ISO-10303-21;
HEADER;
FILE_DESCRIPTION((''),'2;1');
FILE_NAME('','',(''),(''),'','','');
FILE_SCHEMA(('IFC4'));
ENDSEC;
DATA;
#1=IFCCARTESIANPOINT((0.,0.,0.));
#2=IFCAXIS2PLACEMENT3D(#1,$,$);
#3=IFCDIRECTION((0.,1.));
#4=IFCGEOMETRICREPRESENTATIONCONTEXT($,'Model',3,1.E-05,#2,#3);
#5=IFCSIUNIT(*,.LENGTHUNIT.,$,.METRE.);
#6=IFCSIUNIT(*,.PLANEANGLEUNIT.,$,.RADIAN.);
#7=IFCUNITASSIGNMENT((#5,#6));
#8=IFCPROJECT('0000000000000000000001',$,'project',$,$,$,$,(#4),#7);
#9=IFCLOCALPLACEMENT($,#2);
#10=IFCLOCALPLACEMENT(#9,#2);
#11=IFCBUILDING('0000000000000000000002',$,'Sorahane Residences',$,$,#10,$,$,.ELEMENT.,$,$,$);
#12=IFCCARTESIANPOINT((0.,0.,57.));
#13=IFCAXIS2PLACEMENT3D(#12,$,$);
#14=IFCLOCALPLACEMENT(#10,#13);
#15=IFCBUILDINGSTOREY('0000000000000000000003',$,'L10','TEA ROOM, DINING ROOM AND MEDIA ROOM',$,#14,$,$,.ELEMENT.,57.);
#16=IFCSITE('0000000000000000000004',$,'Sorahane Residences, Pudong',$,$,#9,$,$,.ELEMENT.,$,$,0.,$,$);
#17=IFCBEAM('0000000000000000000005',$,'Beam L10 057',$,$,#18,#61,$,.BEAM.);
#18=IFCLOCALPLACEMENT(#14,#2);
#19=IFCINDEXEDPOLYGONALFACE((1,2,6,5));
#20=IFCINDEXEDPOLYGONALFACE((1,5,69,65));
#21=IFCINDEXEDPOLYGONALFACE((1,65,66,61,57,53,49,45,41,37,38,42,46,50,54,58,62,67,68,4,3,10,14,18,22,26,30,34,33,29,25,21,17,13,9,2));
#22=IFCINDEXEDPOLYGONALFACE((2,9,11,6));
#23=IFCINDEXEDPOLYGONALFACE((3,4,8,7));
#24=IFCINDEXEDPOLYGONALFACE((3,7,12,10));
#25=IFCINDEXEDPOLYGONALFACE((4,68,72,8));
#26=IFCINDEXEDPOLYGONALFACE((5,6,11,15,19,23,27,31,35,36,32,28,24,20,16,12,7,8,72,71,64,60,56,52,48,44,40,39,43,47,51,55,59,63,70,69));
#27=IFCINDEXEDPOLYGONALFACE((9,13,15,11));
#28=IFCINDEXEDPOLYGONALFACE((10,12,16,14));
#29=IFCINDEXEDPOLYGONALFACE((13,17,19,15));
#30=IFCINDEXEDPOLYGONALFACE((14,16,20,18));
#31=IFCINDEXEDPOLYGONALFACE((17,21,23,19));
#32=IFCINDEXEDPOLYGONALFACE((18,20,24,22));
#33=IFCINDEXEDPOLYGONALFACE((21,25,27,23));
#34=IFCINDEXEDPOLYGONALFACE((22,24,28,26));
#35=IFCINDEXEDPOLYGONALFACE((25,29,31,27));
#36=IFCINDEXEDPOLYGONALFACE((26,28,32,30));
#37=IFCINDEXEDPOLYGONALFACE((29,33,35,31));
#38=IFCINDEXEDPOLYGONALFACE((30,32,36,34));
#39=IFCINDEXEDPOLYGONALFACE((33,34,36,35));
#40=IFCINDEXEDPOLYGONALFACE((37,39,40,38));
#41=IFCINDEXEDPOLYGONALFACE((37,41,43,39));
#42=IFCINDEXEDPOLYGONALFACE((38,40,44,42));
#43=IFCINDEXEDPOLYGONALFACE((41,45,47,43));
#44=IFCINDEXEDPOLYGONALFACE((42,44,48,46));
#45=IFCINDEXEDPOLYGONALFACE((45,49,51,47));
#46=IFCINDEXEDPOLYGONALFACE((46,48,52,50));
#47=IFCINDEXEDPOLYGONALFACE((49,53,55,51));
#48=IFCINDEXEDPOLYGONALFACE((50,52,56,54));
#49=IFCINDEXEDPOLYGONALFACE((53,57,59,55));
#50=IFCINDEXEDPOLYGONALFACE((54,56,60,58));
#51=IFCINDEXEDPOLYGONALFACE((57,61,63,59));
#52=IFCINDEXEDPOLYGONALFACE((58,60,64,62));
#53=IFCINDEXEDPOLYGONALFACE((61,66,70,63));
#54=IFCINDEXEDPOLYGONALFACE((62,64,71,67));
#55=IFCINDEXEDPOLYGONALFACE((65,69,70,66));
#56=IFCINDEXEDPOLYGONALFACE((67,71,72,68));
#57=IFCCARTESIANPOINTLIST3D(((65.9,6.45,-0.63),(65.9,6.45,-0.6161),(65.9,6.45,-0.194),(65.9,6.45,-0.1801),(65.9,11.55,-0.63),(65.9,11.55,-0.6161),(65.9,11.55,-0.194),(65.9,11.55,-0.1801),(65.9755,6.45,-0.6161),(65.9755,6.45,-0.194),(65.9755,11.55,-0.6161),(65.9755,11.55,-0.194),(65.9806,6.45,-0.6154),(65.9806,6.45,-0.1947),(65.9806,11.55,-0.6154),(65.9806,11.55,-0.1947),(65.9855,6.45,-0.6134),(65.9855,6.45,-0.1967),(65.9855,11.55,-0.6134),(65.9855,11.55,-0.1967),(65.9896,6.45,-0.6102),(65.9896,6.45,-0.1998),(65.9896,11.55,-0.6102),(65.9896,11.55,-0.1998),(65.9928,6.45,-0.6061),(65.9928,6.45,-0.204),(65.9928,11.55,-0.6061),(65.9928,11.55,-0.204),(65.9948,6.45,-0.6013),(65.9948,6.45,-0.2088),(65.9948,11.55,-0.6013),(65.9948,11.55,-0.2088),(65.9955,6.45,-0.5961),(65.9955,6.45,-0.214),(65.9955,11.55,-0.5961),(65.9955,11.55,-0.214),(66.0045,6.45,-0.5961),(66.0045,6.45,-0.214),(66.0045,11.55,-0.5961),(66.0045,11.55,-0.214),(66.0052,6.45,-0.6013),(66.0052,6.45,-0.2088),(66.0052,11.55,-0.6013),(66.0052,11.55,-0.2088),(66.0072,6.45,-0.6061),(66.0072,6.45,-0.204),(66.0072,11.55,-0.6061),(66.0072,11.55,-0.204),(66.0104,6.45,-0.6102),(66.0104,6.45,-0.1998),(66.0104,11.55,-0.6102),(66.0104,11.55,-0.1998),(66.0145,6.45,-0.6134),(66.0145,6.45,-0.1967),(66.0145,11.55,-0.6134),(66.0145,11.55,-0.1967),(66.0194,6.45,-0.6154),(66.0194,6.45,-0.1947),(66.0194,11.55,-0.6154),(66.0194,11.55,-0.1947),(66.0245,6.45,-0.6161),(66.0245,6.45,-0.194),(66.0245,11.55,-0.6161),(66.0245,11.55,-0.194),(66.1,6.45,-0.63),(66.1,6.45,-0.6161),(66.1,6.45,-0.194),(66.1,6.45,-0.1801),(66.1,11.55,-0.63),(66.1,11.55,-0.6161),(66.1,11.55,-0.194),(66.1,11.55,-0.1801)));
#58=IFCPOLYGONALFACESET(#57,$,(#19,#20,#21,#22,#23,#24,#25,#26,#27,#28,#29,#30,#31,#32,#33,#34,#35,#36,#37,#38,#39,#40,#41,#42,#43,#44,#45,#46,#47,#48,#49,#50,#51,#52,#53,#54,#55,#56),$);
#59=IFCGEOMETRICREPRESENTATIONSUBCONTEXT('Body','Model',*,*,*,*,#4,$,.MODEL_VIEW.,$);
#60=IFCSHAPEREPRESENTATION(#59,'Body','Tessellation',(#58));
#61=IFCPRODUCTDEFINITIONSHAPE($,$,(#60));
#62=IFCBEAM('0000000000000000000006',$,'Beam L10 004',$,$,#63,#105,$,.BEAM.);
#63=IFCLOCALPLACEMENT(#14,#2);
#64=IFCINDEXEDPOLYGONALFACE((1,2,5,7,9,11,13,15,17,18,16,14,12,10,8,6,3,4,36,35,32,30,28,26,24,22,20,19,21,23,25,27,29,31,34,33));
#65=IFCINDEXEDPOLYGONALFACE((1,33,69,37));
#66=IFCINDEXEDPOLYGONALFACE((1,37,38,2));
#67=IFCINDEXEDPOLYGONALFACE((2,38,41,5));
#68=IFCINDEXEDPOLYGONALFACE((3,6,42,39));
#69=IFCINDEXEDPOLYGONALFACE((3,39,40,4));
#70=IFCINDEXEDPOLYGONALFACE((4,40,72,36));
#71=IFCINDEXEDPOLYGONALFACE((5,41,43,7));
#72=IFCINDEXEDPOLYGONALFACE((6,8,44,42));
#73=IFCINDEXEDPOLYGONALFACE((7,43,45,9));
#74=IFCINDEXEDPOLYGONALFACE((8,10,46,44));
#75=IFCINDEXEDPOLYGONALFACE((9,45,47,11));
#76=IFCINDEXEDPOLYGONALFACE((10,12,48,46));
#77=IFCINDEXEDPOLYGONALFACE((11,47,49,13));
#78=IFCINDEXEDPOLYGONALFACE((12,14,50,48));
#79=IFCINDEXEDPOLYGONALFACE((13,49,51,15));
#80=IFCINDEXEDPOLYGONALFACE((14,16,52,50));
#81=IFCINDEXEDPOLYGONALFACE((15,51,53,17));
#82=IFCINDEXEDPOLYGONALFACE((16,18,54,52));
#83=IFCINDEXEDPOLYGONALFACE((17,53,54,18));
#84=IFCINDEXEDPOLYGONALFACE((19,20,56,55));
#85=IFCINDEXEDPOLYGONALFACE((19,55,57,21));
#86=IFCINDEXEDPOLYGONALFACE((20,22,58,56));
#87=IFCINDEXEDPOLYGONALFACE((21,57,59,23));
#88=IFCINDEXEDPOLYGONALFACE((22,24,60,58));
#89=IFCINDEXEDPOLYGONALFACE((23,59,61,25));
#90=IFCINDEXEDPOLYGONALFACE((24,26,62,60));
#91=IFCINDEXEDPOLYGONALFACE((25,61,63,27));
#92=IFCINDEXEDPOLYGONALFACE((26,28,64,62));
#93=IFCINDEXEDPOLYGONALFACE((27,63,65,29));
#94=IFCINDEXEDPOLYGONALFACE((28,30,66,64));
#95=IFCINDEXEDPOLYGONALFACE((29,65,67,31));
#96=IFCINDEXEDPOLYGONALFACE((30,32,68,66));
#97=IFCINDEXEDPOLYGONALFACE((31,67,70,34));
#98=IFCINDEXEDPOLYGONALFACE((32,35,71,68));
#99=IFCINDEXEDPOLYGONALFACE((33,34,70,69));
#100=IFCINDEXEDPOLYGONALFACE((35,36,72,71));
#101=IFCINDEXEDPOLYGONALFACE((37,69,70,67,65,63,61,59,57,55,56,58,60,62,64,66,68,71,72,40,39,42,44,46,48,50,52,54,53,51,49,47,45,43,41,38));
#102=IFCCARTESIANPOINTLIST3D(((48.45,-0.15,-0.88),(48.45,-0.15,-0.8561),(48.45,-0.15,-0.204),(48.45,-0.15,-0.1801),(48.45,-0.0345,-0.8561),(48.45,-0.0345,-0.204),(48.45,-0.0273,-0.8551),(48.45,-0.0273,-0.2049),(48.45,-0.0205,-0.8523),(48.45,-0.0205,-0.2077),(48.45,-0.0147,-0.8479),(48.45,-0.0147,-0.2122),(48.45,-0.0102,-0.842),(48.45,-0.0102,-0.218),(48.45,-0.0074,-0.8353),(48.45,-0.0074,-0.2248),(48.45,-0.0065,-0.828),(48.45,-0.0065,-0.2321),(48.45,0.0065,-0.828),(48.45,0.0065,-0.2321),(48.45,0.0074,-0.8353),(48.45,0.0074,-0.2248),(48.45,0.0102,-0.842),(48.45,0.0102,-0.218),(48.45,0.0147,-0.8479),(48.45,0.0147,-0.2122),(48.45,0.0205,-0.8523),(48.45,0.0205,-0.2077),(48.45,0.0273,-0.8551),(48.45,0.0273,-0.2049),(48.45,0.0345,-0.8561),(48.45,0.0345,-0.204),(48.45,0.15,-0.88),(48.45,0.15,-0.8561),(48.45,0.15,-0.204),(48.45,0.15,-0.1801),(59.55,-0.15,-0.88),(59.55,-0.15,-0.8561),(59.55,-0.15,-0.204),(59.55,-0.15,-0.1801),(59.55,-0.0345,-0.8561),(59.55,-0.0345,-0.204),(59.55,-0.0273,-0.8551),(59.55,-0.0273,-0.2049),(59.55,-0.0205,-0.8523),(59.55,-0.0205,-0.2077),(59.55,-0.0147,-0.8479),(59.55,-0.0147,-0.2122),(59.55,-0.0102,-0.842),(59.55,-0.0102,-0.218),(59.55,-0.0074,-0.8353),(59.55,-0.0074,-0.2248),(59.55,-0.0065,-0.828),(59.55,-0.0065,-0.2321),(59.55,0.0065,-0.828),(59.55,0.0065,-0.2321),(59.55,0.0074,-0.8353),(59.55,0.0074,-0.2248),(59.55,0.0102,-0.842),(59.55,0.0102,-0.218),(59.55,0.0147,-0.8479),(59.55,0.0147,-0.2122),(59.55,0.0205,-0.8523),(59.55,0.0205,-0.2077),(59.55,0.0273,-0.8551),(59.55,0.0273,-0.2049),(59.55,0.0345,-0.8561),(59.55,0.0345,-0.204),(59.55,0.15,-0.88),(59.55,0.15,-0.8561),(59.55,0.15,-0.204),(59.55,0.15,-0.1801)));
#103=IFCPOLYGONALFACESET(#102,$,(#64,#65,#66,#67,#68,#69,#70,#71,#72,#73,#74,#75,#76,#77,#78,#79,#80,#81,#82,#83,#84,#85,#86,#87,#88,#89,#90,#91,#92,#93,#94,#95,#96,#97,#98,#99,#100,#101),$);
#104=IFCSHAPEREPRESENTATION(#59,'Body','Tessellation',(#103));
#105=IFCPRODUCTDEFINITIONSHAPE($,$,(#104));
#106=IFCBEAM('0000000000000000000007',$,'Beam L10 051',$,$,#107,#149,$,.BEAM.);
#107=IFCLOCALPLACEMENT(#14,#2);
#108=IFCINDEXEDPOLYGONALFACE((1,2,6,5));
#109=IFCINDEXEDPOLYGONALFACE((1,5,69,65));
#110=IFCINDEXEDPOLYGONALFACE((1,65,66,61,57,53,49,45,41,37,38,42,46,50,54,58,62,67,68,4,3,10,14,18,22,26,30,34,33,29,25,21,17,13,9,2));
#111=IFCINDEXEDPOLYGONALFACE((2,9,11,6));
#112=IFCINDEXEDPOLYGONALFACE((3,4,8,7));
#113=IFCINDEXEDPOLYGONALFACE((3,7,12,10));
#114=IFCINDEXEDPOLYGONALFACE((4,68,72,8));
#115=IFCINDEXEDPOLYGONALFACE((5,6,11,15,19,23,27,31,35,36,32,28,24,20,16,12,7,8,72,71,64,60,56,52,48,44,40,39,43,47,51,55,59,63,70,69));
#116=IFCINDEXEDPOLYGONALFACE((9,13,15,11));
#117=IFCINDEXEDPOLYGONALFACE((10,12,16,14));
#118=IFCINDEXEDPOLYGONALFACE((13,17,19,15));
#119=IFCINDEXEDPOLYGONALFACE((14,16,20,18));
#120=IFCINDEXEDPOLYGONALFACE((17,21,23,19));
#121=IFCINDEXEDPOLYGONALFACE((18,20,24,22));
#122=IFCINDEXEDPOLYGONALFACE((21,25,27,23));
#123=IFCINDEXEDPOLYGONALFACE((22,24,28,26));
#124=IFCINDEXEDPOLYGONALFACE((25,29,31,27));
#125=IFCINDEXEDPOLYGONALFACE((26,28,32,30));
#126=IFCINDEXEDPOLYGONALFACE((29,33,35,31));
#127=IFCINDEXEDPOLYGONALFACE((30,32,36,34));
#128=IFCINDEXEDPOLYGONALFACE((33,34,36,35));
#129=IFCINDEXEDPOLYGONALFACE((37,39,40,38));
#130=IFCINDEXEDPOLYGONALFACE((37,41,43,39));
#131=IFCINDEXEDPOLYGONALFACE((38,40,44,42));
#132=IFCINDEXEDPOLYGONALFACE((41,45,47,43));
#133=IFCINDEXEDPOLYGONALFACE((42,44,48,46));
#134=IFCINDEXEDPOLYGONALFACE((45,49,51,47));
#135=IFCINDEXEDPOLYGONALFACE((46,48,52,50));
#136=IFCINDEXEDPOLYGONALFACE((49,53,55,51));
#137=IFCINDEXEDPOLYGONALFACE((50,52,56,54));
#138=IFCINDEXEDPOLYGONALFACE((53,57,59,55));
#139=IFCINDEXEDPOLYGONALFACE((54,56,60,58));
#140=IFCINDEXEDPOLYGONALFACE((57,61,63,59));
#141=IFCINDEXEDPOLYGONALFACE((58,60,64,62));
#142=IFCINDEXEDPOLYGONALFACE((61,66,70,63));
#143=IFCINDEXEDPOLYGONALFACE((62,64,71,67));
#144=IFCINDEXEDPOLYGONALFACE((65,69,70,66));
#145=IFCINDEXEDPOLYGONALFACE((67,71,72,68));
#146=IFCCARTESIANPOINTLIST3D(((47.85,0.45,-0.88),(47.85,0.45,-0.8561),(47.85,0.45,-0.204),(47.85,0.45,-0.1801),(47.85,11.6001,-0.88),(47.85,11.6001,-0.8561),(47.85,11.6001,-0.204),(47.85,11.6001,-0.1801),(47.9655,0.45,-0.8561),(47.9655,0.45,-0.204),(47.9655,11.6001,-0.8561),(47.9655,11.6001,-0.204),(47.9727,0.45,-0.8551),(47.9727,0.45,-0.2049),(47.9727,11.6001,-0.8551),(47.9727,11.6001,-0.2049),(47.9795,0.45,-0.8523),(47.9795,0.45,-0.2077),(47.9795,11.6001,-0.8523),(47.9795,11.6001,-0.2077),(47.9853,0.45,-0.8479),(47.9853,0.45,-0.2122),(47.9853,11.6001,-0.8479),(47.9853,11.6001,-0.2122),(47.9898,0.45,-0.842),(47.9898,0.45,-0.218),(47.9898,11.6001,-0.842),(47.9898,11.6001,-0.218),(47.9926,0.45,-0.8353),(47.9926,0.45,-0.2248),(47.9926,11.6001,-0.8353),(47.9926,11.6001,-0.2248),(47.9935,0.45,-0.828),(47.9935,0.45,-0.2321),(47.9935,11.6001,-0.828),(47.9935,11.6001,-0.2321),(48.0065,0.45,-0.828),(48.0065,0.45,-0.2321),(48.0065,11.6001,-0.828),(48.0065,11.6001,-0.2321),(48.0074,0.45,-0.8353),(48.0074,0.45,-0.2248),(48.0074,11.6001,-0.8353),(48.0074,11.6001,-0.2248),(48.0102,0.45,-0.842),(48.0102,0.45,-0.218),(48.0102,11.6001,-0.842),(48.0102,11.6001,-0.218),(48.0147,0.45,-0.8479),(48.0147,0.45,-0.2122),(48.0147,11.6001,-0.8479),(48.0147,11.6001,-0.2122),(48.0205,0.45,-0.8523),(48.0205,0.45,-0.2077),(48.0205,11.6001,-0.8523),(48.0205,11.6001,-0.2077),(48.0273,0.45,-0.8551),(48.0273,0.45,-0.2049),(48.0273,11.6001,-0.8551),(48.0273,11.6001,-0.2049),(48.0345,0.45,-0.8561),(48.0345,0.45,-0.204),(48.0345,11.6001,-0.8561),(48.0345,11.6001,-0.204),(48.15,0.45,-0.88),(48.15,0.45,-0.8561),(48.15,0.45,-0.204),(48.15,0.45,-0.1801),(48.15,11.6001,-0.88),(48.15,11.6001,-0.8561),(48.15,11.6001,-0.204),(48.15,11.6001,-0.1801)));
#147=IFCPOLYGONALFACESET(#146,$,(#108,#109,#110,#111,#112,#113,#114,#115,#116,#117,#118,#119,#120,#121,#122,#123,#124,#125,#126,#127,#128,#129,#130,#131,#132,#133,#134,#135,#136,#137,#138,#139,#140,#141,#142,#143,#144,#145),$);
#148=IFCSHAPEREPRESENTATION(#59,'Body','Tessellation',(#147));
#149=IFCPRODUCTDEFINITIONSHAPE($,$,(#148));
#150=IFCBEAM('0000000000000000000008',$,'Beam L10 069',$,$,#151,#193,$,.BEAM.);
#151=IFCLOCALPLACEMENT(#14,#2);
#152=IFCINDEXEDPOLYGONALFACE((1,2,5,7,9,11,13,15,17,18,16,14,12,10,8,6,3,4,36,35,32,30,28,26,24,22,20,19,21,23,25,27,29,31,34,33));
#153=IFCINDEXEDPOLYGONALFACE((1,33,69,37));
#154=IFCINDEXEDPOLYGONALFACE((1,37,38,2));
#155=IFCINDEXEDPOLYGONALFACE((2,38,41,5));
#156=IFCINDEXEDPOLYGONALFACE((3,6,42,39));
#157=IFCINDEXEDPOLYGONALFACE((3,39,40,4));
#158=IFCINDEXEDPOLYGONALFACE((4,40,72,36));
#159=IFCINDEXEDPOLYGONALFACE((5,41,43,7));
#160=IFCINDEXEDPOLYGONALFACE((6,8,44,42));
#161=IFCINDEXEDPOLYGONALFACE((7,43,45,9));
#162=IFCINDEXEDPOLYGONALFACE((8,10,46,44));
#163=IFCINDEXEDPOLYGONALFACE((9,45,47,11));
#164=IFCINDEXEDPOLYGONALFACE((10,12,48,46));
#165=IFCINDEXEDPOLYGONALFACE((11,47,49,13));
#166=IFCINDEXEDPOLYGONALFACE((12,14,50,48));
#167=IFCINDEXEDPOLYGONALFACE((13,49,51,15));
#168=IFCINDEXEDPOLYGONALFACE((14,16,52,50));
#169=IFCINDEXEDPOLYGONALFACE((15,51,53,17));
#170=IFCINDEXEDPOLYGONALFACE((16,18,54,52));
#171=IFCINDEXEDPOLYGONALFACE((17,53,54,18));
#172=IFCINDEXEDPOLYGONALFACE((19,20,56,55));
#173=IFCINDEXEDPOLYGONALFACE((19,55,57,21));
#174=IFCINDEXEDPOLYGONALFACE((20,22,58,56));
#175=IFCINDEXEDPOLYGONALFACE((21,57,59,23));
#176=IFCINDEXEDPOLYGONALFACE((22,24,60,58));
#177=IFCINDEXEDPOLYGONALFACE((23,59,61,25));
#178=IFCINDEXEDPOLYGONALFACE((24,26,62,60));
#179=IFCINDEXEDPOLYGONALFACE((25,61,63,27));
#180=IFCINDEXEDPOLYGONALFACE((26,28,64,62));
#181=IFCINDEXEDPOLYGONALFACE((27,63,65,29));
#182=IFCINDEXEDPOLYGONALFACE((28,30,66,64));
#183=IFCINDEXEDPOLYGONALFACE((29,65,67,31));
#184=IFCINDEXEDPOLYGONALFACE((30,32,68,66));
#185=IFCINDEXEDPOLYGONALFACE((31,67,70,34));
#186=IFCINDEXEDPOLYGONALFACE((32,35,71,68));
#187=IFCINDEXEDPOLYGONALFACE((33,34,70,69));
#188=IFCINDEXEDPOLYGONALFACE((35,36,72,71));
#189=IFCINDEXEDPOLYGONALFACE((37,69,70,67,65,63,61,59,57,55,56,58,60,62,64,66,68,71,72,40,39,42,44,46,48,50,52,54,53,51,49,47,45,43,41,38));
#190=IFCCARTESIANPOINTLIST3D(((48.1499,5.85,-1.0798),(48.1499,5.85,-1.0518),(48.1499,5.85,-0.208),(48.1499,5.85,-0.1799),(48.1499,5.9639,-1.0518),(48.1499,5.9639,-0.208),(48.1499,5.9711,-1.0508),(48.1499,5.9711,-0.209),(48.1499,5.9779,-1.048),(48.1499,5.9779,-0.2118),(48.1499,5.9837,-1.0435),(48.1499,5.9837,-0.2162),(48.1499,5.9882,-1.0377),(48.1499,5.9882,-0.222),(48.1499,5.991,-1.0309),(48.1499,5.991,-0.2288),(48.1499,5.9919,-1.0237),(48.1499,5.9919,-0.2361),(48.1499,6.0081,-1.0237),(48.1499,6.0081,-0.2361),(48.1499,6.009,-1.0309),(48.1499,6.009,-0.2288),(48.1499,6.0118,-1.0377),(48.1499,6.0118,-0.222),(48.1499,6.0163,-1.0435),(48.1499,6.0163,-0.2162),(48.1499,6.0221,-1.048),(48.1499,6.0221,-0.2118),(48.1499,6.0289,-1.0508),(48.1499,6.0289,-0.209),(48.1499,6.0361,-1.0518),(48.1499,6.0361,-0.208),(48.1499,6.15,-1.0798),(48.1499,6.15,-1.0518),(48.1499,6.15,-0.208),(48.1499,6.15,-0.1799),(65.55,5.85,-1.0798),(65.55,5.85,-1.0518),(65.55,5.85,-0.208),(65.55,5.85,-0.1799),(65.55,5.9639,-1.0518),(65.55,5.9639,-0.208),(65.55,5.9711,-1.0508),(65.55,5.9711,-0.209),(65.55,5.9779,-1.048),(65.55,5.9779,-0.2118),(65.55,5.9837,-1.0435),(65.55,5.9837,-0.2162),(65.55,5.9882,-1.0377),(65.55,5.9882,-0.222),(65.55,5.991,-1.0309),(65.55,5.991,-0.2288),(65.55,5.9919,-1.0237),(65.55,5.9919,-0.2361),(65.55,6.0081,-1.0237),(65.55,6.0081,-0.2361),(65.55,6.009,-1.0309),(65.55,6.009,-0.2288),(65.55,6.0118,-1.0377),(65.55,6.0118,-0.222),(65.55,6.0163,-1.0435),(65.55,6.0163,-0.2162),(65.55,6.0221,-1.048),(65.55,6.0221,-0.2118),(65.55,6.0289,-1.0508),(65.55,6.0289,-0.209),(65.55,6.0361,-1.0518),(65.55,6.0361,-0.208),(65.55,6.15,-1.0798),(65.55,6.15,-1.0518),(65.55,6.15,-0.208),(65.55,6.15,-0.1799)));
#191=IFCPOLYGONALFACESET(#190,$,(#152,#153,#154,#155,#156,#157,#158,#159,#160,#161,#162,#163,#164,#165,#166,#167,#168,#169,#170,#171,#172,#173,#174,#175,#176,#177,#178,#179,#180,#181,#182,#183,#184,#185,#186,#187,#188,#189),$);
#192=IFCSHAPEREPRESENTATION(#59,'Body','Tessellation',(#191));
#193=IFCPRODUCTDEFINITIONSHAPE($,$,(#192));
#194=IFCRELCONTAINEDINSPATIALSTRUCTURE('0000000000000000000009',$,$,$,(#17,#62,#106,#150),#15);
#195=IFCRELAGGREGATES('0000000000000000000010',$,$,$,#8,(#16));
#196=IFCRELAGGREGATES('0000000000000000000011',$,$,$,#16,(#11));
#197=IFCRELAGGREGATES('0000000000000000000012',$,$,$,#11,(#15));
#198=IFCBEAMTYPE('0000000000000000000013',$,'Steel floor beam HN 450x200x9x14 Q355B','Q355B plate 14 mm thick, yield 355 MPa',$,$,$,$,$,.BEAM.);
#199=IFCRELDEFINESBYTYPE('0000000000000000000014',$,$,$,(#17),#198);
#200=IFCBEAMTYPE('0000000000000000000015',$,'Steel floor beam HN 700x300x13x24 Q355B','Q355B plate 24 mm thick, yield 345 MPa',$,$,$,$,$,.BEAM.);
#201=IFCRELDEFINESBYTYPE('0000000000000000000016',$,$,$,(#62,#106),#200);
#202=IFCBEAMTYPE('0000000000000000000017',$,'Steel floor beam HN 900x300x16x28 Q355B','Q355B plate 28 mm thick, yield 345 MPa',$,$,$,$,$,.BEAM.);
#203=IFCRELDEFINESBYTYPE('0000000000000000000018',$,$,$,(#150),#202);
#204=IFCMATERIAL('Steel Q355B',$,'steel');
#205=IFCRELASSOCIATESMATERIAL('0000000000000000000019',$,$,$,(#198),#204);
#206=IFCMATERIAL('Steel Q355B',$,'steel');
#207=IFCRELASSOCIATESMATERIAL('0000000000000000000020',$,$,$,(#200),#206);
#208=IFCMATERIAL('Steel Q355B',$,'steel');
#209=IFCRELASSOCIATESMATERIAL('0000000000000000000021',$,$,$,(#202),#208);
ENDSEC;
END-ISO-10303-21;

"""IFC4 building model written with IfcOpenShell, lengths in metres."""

from ifc_helpers import new_model, si_unit, direction, frame, origin, origin_2d, place, context, subcontext, project, spatial, i_section, extrude, material, material_profile, profile_set, type_object, element, save


model = new_model("IFC4")

# Units and contexts
model_context = context("Model", 3, precision=1e-05, world=origin(), true_north=direction((0.0, 1.0)))
body_context = subcontext(model_context, "Body", "Model", "MODEL_VIEW")
ifc_project = project(units=[si_unit("LENGTHUNIT", "METRE"), si_unit("PLANEANGLEUNIT", "RADIAN")], contexts=[model_context])

# Site, building, storey
site_placement = place(None, origin())
site = spatial("IfcSite", under=ifc_project, at=site_placement, Name="Sorahane Residences, Pudong", CompositionType="ELEMENT", RefElevation=0.0)
building_placement = place(site_placement, origin())
building = spatial("IfcBuilding", under=site, at=building_placement, Name="Sorahane Residences", CompositionType="ELEMENT")
storey_placement = place(building_placement, frame((0.0, 0.0, 57.0)))
storey = spatial("IfcBuildingStorey", under=building, at=storey_placement, Name="L10", Description="TEA ROOM, DINING ROOM AND MEDIA ROOM", CompositionType="ELEMENT", Elevation=57.0)

# Beams
ifc_material_1 = material(Name="Steel Q355B", Category="steel")
ifc_material_profile_1 = material_profile(ifc_material_1, i_section(OverallWidth=0.2, OverallDepth=0.45, WebThickness=0.009, FlangeThickness=0.0139, FilletRadius=0.02, at=origin_2d()), Name="HN 450x200x9x14")
ifc_profile_set_1 = profile_set([ifc_material_profile_1], Name="Steel Q355B")
beam_type_1 = type_object("IfcBeamType", Name="Steel floor beam HN 450x200x9x14 Q355B", Description="Q355B plate 14 mm thick, yield 355 MPa", PredefinedType="BEAM", material=ifc_profile_set_1)
beam_1_placement = place(storey_placement, frame((66.0, 6.45, -0.405), z_axis=(0.0, 1.0, 0.0), x_axis=(-1.0, 0.0, 0.0)))
element("IfcBeam", 1, at=beam_1_placement, inside=storey, type_object=beam_type_1, Name="Beam L10 057", PredefinedType="BEAM", context=body_context, shape_type="SweptSolid", body=[
    extrude(i_section(OverallWidth=0.2, OverallDepth=0.45, WebThickness=0.009, FlangeThickness=0.0139, FilletRadius=0.02, at=origin_2d()), origin(), (0.0, 0.0, 1.0), 5.1001),
])
ifc_material_2 = material(Name="Steel Q355B", Category="steel")
ifc_material_profile_2 = material_profile(ifc_material_2, i_section(OverallWidth=0.3, OverallDepth=0.7, WebThickness=0.0129, FlangeThickness=0.0239, FilletRadius=0.0281, at=origin_2d()), Name="HN 700x300x13x24")
ifc_profile_set_2 = profile_set([ifc_material_profile_2], Name="Steel Q355B")
beam_type_2 = type_object("IfcBeamType", Name="Steel floor beam HN 700x300x13x24 Q355B", Description="Q355B plate 24 mm thick, yield 345 MPa", PredefinedType="BEAM", material=ifc_profile_set_2)
beam_2_placement = place(storey_placement, frame((48.45, 0.0, -0.53), z_axis=(1.0, 0.0, 0.0), x_axis=(0.0, 1.0, 0.0)))
element("IfcBeam", 2, at=beam_2_placement, inside=storey, type_object=beam_type_2, Name="Beam L10 004", PredefinedType="BEAM", context=body_context, shape_type="SweptSolid", body=[
    extrude(i_section(OverallWidth=0.3, OverallDepth=0.7, WebThickness=0.0129, FlangeThickness=0.0239, FilletRadius=0.0281, at=origin_2d()), origin(), (0.0, 0.0, 1.0), 11.1001),
])
beam_3_placement = place(storey_placement, frame((48.0, 0.45, -0.53), z_axis=(0.0, 1.0, 0.0), x_axis=(-1.0, 0.0, 0.0)))
element("IfcBeam", 3, at=beam_3_placement, inside=storey, type_object=beam_type_2, Name="Beam L10 051", PredefinedType="BEAM", context=body_context, shape_type="SweptSolid", body=[
    extrude(i_section(OverallWidth=0.3, OverallDepth=0.7, WebThickness=0.0129, FlangeThickness=0.0239, FilletRadius=0.0281, at=origin_2d()), origin(), (0.0, 0.0, 1.0), 11.1501),
])
ifc_material_3 = material(Name="Steel Q355B", Category="steel")
ifc_material_profile_3 = material_profile(ifc_material_3, i_section(OverallWidth=0.3, OverallDepth=0.8999, WebThickness=0.0161, FlangeThickness=0.0281, FilletRadius=0.0281, at=origin_2d()), Name="HN 900x300x16x28")
ifc_profile_set_3 = profile_set([ifc_material_profile_3], Name="Steel Q355B")
beam_type_3 = type_object("IfcBeamType", Name="Steel floor beam HN 900x300x16x28 Q355B", Description="Q355B plate 28 mm thick, yield 345 MPa", PredefinedType="BEAM", material=ifc_profile_set_3)
beam_4_placement = place(storey_placement, frame((48.1499, 6.0, -0.6299), z_axis=(1.0, 0.0, 0.0), x_axis=(0.0, 1.0, 0.0)))
element("IfcBeam", 4, at=beam_4_placement, inside=storey, type_object=beam_type_3, Name="Beam L10 069", PredefinedType="BEAM", context=body_context, shape_type="SweptSolid", body=[
    extrude(i_section(OverallWidth=0.3, OverallDepth=0.8999, WebThickness=0.0161, FlangeThickness=0.0281, FilletRadius=0.0281, at=origin_2d()), origin(), (0.0, 0.0, 1.0), 17.4001),
])

save(model, "model.ifc")
